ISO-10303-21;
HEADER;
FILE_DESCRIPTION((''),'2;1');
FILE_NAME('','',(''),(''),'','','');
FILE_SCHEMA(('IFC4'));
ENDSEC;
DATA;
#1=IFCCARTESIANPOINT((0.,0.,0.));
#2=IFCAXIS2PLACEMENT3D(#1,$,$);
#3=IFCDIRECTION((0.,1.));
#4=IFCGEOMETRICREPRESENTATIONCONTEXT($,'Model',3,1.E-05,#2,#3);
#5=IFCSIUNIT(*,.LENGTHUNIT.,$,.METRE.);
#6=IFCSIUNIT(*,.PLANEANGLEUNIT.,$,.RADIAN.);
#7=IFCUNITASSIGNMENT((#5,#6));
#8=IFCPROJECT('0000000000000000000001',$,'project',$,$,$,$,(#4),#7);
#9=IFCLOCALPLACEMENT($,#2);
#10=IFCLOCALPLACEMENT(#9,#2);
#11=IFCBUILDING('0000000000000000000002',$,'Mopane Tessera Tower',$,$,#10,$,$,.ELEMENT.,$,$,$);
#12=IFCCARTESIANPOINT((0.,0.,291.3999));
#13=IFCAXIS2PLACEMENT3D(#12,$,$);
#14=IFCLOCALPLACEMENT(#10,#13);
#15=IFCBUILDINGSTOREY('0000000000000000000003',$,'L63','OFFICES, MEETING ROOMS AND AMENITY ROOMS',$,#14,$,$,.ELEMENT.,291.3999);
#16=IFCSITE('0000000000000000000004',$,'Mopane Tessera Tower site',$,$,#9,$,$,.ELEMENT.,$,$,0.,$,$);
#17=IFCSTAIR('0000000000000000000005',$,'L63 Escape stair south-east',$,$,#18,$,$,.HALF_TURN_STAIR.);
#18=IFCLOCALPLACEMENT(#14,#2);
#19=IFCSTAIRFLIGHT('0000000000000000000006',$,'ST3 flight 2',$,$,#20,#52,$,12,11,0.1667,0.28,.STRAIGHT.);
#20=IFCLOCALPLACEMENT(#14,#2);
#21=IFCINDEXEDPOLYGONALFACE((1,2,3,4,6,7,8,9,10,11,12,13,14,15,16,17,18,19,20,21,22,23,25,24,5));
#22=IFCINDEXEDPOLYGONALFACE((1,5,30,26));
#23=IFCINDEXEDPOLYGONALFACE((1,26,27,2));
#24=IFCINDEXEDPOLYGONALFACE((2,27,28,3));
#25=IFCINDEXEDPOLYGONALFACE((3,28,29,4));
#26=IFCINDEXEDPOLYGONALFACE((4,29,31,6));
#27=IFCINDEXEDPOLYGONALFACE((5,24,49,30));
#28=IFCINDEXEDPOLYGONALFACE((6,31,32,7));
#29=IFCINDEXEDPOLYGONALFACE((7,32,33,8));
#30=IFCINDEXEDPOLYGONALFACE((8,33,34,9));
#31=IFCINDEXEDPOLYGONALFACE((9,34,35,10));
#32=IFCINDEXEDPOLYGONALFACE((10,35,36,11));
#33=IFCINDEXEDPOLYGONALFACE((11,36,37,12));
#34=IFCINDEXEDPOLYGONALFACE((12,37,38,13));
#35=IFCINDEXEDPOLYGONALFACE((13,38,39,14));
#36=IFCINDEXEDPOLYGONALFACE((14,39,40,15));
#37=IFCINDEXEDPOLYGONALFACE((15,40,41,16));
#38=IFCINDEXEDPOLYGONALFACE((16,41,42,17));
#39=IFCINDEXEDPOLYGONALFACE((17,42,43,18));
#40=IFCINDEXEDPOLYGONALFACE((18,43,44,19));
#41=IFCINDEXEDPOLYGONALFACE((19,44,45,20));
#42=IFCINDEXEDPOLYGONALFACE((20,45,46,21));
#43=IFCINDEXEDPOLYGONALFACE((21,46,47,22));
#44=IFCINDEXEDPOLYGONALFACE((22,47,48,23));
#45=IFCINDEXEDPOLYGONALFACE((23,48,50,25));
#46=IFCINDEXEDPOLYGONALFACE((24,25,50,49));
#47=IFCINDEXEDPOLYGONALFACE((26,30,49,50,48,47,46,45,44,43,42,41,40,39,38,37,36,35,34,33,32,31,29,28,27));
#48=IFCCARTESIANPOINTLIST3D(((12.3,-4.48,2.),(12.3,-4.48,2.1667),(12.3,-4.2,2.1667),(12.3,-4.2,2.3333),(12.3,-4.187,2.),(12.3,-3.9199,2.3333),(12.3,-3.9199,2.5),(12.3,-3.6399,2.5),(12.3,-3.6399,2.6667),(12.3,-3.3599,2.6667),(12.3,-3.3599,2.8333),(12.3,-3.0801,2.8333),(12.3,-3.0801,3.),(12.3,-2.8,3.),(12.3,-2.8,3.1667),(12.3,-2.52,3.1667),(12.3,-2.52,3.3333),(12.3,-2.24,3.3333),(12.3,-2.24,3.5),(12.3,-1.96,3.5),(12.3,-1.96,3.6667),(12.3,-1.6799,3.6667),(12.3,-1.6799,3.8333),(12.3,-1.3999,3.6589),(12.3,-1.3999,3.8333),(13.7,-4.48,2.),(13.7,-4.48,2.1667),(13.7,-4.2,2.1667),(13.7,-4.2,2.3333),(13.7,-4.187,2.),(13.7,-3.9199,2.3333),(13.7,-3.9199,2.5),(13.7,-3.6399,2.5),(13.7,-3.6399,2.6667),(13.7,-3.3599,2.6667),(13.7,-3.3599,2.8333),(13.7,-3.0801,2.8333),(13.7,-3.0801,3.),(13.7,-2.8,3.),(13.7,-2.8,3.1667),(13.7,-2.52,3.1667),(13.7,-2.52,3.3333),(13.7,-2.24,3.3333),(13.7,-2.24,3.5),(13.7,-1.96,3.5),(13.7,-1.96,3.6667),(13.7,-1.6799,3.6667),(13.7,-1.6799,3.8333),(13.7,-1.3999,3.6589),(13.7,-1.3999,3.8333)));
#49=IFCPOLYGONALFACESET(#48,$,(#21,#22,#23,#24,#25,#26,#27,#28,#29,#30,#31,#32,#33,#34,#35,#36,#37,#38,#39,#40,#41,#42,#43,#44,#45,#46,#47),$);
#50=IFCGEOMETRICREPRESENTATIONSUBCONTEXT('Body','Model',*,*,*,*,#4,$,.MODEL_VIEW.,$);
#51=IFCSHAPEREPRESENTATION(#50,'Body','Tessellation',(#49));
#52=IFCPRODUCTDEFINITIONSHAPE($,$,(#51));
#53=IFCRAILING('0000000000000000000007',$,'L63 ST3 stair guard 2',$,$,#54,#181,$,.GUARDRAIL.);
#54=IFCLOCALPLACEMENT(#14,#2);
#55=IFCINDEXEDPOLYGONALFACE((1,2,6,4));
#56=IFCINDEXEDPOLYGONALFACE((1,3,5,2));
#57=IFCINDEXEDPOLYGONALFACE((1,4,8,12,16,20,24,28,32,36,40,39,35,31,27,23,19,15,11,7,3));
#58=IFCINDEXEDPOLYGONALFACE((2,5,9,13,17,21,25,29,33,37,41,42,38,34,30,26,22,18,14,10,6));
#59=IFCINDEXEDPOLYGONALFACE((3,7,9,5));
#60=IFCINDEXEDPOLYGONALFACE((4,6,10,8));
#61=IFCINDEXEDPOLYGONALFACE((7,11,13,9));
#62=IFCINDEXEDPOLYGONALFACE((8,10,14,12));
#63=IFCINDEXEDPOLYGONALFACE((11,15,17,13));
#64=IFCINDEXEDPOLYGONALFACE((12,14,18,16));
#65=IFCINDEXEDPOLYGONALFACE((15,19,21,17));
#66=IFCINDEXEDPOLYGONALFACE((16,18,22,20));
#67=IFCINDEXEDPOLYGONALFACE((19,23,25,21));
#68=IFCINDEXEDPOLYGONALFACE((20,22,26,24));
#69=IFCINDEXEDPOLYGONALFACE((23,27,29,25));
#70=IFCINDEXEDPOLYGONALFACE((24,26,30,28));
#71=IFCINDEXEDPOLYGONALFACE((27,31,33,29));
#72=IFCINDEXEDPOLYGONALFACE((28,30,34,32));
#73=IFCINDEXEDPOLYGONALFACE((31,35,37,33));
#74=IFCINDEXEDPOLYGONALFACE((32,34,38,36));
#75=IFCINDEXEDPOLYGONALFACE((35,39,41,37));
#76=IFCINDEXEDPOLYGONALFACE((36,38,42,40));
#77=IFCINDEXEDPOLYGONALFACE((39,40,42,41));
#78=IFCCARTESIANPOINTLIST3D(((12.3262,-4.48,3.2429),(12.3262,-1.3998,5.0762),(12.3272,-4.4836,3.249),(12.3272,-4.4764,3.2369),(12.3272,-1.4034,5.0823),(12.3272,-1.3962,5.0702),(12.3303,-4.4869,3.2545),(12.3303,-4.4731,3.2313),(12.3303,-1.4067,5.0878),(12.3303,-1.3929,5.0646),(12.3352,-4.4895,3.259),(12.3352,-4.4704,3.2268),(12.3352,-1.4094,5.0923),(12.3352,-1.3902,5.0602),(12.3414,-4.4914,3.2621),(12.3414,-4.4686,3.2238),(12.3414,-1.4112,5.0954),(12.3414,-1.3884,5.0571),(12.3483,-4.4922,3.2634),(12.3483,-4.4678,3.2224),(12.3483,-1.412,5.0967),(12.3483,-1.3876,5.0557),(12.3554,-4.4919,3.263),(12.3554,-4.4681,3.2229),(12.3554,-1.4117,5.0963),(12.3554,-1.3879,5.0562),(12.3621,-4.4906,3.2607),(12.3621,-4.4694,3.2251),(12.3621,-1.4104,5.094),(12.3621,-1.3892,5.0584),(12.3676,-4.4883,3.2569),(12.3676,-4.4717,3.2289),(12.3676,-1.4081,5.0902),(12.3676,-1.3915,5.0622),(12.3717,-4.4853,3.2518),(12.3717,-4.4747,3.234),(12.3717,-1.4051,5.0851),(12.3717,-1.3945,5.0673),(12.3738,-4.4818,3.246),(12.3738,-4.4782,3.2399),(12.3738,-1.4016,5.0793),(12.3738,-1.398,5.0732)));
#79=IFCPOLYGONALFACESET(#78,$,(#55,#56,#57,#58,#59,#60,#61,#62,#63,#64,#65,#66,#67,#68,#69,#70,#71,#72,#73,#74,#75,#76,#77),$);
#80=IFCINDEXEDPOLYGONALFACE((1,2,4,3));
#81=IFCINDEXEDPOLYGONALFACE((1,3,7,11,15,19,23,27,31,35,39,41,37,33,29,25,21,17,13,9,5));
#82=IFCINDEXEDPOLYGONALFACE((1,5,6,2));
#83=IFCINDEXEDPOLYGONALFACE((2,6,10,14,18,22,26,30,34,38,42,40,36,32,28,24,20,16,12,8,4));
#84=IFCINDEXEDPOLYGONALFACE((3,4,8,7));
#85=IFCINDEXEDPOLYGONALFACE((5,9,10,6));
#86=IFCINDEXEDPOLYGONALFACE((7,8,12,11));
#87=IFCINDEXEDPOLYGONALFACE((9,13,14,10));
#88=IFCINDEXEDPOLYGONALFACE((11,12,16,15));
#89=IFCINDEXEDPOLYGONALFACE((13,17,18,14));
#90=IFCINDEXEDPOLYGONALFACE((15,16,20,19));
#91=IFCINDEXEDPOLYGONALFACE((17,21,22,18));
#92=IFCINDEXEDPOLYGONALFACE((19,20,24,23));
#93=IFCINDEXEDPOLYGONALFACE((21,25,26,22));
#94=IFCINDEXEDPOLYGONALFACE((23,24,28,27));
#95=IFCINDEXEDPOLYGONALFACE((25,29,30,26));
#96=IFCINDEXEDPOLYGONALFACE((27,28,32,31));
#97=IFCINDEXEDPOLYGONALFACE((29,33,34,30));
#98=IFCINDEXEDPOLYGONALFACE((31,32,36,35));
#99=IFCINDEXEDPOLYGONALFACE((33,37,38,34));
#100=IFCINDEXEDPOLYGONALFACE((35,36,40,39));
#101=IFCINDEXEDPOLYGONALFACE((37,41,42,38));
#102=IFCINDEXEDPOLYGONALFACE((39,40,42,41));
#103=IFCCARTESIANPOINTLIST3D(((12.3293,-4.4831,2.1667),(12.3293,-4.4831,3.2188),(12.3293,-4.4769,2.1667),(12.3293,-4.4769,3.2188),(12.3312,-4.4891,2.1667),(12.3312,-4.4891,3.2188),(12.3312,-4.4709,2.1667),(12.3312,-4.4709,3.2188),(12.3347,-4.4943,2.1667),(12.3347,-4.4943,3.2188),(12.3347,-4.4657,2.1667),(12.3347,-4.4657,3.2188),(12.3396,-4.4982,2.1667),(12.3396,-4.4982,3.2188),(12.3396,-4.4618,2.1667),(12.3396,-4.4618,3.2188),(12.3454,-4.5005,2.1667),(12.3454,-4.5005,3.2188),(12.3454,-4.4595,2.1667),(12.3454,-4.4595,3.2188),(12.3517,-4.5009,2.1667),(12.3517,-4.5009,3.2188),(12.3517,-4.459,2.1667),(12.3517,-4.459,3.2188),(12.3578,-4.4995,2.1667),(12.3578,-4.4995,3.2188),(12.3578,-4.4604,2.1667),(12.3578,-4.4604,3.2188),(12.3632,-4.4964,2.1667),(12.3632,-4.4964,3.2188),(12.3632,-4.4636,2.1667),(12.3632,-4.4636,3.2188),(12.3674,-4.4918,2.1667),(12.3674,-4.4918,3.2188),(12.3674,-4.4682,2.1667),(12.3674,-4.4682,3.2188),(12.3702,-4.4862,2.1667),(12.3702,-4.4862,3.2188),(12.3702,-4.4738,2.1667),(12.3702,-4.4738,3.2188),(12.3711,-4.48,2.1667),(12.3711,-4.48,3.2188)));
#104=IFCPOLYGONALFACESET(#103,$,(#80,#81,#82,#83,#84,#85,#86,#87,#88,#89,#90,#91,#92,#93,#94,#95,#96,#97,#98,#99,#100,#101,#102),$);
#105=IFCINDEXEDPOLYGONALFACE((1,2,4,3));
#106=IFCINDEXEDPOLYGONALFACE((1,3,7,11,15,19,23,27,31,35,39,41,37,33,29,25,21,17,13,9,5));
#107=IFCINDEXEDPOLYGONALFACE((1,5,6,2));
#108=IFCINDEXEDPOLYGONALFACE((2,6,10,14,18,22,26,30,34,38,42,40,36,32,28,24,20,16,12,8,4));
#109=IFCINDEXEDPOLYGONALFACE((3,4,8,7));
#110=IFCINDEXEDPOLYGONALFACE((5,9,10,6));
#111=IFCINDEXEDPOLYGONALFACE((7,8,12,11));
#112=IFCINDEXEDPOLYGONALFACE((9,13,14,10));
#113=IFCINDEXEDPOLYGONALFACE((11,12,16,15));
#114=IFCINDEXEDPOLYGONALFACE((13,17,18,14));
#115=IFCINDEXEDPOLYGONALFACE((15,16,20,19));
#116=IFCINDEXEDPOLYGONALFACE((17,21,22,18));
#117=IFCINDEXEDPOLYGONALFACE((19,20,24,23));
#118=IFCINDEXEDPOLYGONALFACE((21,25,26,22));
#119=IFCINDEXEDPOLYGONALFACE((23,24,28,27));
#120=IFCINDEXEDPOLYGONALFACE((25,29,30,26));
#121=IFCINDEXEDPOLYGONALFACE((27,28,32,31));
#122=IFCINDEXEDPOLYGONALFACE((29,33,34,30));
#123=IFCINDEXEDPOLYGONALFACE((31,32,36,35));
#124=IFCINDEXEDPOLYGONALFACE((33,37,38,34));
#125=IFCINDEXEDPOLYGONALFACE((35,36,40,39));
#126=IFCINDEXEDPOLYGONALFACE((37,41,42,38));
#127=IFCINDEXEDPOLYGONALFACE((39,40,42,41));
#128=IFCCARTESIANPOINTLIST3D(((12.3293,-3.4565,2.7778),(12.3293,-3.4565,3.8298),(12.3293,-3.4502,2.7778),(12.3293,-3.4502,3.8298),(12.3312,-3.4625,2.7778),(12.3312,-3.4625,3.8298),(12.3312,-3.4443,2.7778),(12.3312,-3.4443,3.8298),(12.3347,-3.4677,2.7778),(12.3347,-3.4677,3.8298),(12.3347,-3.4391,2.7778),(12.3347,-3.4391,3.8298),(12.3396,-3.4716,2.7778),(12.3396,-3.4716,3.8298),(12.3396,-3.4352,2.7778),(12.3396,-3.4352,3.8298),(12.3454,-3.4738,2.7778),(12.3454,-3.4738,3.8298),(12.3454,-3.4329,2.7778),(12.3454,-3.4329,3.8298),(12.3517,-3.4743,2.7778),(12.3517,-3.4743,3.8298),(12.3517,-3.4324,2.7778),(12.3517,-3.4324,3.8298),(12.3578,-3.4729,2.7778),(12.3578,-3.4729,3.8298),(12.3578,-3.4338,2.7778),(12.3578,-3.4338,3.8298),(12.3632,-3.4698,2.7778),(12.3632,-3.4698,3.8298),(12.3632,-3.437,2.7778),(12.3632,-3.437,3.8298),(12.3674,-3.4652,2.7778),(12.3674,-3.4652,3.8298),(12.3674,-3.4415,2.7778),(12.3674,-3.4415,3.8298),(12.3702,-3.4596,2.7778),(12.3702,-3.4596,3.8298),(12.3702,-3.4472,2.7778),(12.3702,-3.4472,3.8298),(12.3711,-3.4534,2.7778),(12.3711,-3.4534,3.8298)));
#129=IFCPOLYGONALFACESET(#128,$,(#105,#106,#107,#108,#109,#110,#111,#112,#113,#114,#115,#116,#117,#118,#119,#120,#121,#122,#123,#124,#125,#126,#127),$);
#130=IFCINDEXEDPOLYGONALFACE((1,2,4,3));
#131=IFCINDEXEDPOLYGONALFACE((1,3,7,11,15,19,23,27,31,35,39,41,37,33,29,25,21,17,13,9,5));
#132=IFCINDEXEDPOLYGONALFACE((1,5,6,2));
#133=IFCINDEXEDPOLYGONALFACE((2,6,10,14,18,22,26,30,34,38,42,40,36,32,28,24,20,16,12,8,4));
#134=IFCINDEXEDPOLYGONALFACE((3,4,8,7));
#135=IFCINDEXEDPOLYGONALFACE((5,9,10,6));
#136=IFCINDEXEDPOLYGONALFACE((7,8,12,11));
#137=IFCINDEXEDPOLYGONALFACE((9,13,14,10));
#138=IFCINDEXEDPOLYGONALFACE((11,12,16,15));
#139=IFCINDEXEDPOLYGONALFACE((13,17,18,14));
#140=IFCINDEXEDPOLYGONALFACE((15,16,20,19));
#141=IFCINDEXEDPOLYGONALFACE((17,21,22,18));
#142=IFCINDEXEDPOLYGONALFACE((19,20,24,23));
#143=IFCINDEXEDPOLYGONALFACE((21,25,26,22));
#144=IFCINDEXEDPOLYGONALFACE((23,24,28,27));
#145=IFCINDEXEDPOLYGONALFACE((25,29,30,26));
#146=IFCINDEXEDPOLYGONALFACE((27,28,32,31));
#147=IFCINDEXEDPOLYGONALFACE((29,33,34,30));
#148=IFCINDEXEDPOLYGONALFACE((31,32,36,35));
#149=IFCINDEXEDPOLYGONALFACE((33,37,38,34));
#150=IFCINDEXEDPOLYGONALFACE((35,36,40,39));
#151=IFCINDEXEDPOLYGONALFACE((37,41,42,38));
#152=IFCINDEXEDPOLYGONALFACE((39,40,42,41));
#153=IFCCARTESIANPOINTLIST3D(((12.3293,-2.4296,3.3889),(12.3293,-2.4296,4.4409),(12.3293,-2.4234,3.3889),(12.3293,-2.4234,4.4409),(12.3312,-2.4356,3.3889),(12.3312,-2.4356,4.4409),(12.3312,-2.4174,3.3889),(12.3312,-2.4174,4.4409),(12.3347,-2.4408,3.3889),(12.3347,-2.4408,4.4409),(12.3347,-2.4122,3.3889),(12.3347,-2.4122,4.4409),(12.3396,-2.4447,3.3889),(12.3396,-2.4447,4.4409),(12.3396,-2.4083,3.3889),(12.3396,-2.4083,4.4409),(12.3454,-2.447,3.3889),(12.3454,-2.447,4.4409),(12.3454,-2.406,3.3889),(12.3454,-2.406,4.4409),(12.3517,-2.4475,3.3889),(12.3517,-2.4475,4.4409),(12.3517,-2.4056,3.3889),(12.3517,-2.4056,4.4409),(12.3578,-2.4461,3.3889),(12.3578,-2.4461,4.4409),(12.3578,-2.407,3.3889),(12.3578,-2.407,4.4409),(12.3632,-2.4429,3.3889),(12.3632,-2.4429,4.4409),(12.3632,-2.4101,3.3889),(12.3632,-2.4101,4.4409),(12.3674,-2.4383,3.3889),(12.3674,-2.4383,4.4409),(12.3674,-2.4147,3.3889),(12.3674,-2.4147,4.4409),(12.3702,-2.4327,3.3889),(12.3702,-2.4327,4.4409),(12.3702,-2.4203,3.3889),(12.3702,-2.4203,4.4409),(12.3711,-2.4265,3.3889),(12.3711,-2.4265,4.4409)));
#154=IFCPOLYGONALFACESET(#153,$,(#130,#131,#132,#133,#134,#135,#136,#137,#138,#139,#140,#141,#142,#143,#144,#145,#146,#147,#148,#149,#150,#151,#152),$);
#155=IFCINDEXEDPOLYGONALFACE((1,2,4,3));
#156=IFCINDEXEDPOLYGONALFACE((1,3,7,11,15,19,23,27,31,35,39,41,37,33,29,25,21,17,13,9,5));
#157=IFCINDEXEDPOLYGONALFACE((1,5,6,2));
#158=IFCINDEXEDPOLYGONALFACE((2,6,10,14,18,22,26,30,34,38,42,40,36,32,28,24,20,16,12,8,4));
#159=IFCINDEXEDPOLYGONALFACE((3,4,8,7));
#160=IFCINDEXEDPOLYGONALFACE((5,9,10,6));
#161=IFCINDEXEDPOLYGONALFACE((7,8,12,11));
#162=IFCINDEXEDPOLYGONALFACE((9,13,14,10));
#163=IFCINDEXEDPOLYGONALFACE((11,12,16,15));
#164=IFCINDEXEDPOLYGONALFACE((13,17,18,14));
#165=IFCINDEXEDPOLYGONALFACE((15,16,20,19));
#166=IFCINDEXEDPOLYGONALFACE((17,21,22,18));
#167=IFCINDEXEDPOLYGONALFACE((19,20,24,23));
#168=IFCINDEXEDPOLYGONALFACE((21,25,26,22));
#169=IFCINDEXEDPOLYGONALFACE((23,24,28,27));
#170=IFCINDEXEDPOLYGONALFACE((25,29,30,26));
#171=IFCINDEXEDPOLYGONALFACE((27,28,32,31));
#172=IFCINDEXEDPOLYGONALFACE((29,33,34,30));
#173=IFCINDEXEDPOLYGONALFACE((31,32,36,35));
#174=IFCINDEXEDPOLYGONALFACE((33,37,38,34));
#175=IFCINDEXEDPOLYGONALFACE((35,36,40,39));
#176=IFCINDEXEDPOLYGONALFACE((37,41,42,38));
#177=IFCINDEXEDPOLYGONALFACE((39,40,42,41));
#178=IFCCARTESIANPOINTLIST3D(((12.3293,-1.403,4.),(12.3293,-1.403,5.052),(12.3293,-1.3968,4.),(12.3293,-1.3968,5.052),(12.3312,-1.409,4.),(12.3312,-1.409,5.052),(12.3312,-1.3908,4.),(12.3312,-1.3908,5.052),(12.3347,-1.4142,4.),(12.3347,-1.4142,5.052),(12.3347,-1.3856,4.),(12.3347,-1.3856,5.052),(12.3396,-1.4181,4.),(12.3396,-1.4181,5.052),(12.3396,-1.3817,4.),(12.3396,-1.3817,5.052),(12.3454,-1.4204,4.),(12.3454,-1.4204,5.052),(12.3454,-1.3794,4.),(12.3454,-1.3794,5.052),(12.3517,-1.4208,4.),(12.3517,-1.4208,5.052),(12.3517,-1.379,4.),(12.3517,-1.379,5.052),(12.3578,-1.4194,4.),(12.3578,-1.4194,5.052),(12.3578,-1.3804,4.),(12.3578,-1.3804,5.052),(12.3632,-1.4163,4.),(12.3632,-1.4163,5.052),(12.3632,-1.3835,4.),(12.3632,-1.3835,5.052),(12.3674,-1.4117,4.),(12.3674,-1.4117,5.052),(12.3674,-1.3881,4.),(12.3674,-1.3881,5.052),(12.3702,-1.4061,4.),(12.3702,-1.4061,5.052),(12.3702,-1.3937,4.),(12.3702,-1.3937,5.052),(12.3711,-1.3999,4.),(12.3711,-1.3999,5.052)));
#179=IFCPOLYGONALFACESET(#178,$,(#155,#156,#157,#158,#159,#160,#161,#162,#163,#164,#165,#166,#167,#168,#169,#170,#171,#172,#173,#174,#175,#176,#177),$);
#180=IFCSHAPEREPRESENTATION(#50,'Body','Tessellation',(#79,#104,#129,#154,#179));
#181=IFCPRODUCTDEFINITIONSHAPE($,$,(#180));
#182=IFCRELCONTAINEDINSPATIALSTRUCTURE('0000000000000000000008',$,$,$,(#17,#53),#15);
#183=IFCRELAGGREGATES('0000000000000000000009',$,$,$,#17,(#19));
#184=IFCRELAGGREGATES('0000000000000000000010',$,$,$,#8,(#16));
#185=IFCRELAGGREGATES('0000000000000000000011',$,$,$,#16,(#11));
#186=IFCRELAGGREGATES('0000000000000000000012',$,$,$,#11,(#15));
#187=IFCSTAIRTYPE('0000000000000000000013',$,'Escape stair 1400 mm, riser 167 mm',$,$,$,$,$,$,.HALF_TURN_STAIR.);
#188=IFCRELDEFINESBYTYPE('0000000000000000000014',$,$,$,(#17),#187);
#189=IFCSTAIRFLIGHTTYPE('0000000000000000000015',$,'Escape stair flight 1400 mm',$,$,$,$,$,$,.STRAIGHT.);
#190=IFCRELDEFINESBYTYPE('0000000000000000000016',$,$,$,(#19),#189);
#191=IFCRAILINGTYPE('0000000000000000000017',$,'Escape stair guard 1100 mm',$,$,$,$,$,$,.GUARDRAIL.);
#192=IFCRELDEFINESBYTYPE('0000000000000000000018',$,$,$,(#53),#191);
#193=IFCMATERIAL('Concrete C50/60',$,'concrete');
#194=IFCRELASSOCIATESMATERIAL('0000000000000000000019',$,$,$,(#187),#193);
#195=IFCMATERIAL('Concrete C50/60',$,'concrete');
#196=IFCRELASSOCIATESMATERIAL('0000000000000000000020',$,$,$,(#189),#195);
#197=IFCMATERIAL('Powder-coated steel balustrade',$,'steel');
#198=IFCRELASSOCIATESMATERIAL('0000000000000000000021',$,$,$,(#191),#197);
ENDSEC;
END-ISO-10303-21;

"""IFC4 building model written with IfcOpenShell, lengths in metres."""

from ifc_helpers import new_model, si_unit, direction, frame, origin, origin_2d, place, context, subcontext, project, spatial, polyline, circle, outline, extrude, material, type_object, element, aggregate, save


model = new_model("IFC4")

# Units and contexts
model_context = context("Model", 3, precision=1e-05, world=origin(), true_north=direction((0.0, 1.0)))
body_context = subcontext(model_context, "Body", "Model", "MODEL_VIEW")
ifc_project = project(units=[si_unit("LENGTHUNIT", "METRE"), si_unit("PLANEANGLEUNIT", "RADIAN")], contexts=[model_context])

# Site, building, storey
site_placement = place(None, origin())
site = spatial("IfcSite", under=ifc_project, at=site_placement, Name="Mopane Tessera Tower site", CompositionType="ELEMENT", RefElevation=0.0)
building_placement = place(site_placement, origin())
building = spatial("IfcBuilding", under=site, at=building_placement, Name="Mopane Tessera Tower", CompositionType="ELEMENT")
storey_placement = place(building_placement, frame((0.0, 0.0, 291.3999)))
storey = spatial("IfcBuildingStorey", under=building, at=storey_placement, Name="L63", Description="OFFICES, MEETING ROOMS AND AMENITY ROOMS", CompositionType="ELEMENT", Elevation=291.3999)

# Stair, stair flight
ifc_material_1 = material(Name="Concrete C50/60", Category="concrete")
stair_type = type_object("IfcStairType", Name="Escape stair 1400 mm, riser 167 mm", PredefinedType="HALF_TURN_STAIR", material=ifc_material_1)
stair_placement = place(storey_placement, origin())
stair = element("IfcStair", 1, at=stair_placement, inside=storey, type_object=stair_type, Name="L63 Escape stair south-east", PredefinedType="HALF_TURN_STAIR")
ifc_material_2 = material(Name="Concrete C50/60", Category="concrete")
stair_flight_type = type_object("IfcStairFlightType", Name="Escape stair flight 1400 mm", PredefinedType="STRAIGHT", material=ifc_material_2)
stair_flight_1_placement = place(storey_placement, frame((13.0, -4.48, 2.0), z_axis=(0.0, 0.0, 1.0), x_axis=(0.0, 1.0, 0.0)))
stair_flight_1 = element("IfcStairFlight", 2, at=stair_flight_1_placement, type_object=stair_flight_type, Name="ST3 flight 2", NumberOfRisers=12, NumberOfTreads=11, PredefinedType="STRAIGHT", RiserHeight=0.1667, TreadLength=0.28, context=body_context, shape_type="SweptSolid", body=[
    extrude(outline(polyline([(0.0, 0.0), (0.0, 0.1667), (0.28, 0.1667), (0.28, 0.3333), (0.5601, 0.3333), (0.5601, 0.5), (0.8401, 0.5), (0.8401, 0.6667), (1.1201, 0.6667), (1.1201, 0.8333), (1.3999, 0.8333), (1.3999, 1.0), (1.6799, 1.0), (1.6799, 1.1667), (1.96, 1.1667), (1.96, 1.3333), (2.24, 1.3333), (2.24, 1.5), (2.52, 1.5), (2.52, 1.6667), (2.8, 1.6667), (2.8, 1.8333), (3.0801, 1.8333), (3.0801, 2.0), (3.0801, 1.6589), (0.293, 0.0), (0.0, 0.0)])), frame((0.0, 0.7, 0.0), z_axis=(0.0, -1.0, 0.0), x_axis=(1.0, 0.0, 0.0)), (0.0, 0.0, 1.0), 1.3999),
])
aggregate(stair, [stair_flight_1])

# Railing
ifc_material_3 = material(Name="Powder-coated steel balustrade", Category="steel")
railing_type_1 = type_object("IfcRailingType", Name="Escape stair guard 1100 mm", PredefinedType="GUARDRAIL", material=ifc_material_3)
railing_1_placement = place(storey_placement, frame((12.3501, -4.48, 2.1667)))
element("IfcRailing", 3, at=railing_1_placement, inside=storey, type_object=railing_type_1, Name="L63 ST3 stair guard 2", PredefinedType="GUARDRAIL", context=body_context, shape_type="SweptSolid", body=[
    extrude(circle(Radius=0.0239, at=origin_2d()), frame((0.0, 0.0, 1.0762), z_axis=(0.0, 0.859309, 0.511458), x_axis=(-1.0, 0.0, 0.0)), (0.0, 0.0, 1.0), 3.5845),
    extrude(circle(Radius=0.021, at=origin_2d()), origin(), (0.0, 0.0, 1.0), 1.052),
    extrude(circle(Radius=0.021, at=origin_2d()), frame((0.0, 1.0266, 0.6111)), (0.0, 0.0, 1.0), 1.052),
    extrude(circle(Radius=0.021, at=origin_2d()), frame((0.0, 2.0535, 1.2222)), (0.0, 0.0, 1.0), 1.052),
    extrude(circle(Radius=0.021, at=origin_2d()), frame((0.0, 3.0801, 1.8333)), (0.0, 0.0, 1.0), 1.052),
])

save(model, "model.ifc")
